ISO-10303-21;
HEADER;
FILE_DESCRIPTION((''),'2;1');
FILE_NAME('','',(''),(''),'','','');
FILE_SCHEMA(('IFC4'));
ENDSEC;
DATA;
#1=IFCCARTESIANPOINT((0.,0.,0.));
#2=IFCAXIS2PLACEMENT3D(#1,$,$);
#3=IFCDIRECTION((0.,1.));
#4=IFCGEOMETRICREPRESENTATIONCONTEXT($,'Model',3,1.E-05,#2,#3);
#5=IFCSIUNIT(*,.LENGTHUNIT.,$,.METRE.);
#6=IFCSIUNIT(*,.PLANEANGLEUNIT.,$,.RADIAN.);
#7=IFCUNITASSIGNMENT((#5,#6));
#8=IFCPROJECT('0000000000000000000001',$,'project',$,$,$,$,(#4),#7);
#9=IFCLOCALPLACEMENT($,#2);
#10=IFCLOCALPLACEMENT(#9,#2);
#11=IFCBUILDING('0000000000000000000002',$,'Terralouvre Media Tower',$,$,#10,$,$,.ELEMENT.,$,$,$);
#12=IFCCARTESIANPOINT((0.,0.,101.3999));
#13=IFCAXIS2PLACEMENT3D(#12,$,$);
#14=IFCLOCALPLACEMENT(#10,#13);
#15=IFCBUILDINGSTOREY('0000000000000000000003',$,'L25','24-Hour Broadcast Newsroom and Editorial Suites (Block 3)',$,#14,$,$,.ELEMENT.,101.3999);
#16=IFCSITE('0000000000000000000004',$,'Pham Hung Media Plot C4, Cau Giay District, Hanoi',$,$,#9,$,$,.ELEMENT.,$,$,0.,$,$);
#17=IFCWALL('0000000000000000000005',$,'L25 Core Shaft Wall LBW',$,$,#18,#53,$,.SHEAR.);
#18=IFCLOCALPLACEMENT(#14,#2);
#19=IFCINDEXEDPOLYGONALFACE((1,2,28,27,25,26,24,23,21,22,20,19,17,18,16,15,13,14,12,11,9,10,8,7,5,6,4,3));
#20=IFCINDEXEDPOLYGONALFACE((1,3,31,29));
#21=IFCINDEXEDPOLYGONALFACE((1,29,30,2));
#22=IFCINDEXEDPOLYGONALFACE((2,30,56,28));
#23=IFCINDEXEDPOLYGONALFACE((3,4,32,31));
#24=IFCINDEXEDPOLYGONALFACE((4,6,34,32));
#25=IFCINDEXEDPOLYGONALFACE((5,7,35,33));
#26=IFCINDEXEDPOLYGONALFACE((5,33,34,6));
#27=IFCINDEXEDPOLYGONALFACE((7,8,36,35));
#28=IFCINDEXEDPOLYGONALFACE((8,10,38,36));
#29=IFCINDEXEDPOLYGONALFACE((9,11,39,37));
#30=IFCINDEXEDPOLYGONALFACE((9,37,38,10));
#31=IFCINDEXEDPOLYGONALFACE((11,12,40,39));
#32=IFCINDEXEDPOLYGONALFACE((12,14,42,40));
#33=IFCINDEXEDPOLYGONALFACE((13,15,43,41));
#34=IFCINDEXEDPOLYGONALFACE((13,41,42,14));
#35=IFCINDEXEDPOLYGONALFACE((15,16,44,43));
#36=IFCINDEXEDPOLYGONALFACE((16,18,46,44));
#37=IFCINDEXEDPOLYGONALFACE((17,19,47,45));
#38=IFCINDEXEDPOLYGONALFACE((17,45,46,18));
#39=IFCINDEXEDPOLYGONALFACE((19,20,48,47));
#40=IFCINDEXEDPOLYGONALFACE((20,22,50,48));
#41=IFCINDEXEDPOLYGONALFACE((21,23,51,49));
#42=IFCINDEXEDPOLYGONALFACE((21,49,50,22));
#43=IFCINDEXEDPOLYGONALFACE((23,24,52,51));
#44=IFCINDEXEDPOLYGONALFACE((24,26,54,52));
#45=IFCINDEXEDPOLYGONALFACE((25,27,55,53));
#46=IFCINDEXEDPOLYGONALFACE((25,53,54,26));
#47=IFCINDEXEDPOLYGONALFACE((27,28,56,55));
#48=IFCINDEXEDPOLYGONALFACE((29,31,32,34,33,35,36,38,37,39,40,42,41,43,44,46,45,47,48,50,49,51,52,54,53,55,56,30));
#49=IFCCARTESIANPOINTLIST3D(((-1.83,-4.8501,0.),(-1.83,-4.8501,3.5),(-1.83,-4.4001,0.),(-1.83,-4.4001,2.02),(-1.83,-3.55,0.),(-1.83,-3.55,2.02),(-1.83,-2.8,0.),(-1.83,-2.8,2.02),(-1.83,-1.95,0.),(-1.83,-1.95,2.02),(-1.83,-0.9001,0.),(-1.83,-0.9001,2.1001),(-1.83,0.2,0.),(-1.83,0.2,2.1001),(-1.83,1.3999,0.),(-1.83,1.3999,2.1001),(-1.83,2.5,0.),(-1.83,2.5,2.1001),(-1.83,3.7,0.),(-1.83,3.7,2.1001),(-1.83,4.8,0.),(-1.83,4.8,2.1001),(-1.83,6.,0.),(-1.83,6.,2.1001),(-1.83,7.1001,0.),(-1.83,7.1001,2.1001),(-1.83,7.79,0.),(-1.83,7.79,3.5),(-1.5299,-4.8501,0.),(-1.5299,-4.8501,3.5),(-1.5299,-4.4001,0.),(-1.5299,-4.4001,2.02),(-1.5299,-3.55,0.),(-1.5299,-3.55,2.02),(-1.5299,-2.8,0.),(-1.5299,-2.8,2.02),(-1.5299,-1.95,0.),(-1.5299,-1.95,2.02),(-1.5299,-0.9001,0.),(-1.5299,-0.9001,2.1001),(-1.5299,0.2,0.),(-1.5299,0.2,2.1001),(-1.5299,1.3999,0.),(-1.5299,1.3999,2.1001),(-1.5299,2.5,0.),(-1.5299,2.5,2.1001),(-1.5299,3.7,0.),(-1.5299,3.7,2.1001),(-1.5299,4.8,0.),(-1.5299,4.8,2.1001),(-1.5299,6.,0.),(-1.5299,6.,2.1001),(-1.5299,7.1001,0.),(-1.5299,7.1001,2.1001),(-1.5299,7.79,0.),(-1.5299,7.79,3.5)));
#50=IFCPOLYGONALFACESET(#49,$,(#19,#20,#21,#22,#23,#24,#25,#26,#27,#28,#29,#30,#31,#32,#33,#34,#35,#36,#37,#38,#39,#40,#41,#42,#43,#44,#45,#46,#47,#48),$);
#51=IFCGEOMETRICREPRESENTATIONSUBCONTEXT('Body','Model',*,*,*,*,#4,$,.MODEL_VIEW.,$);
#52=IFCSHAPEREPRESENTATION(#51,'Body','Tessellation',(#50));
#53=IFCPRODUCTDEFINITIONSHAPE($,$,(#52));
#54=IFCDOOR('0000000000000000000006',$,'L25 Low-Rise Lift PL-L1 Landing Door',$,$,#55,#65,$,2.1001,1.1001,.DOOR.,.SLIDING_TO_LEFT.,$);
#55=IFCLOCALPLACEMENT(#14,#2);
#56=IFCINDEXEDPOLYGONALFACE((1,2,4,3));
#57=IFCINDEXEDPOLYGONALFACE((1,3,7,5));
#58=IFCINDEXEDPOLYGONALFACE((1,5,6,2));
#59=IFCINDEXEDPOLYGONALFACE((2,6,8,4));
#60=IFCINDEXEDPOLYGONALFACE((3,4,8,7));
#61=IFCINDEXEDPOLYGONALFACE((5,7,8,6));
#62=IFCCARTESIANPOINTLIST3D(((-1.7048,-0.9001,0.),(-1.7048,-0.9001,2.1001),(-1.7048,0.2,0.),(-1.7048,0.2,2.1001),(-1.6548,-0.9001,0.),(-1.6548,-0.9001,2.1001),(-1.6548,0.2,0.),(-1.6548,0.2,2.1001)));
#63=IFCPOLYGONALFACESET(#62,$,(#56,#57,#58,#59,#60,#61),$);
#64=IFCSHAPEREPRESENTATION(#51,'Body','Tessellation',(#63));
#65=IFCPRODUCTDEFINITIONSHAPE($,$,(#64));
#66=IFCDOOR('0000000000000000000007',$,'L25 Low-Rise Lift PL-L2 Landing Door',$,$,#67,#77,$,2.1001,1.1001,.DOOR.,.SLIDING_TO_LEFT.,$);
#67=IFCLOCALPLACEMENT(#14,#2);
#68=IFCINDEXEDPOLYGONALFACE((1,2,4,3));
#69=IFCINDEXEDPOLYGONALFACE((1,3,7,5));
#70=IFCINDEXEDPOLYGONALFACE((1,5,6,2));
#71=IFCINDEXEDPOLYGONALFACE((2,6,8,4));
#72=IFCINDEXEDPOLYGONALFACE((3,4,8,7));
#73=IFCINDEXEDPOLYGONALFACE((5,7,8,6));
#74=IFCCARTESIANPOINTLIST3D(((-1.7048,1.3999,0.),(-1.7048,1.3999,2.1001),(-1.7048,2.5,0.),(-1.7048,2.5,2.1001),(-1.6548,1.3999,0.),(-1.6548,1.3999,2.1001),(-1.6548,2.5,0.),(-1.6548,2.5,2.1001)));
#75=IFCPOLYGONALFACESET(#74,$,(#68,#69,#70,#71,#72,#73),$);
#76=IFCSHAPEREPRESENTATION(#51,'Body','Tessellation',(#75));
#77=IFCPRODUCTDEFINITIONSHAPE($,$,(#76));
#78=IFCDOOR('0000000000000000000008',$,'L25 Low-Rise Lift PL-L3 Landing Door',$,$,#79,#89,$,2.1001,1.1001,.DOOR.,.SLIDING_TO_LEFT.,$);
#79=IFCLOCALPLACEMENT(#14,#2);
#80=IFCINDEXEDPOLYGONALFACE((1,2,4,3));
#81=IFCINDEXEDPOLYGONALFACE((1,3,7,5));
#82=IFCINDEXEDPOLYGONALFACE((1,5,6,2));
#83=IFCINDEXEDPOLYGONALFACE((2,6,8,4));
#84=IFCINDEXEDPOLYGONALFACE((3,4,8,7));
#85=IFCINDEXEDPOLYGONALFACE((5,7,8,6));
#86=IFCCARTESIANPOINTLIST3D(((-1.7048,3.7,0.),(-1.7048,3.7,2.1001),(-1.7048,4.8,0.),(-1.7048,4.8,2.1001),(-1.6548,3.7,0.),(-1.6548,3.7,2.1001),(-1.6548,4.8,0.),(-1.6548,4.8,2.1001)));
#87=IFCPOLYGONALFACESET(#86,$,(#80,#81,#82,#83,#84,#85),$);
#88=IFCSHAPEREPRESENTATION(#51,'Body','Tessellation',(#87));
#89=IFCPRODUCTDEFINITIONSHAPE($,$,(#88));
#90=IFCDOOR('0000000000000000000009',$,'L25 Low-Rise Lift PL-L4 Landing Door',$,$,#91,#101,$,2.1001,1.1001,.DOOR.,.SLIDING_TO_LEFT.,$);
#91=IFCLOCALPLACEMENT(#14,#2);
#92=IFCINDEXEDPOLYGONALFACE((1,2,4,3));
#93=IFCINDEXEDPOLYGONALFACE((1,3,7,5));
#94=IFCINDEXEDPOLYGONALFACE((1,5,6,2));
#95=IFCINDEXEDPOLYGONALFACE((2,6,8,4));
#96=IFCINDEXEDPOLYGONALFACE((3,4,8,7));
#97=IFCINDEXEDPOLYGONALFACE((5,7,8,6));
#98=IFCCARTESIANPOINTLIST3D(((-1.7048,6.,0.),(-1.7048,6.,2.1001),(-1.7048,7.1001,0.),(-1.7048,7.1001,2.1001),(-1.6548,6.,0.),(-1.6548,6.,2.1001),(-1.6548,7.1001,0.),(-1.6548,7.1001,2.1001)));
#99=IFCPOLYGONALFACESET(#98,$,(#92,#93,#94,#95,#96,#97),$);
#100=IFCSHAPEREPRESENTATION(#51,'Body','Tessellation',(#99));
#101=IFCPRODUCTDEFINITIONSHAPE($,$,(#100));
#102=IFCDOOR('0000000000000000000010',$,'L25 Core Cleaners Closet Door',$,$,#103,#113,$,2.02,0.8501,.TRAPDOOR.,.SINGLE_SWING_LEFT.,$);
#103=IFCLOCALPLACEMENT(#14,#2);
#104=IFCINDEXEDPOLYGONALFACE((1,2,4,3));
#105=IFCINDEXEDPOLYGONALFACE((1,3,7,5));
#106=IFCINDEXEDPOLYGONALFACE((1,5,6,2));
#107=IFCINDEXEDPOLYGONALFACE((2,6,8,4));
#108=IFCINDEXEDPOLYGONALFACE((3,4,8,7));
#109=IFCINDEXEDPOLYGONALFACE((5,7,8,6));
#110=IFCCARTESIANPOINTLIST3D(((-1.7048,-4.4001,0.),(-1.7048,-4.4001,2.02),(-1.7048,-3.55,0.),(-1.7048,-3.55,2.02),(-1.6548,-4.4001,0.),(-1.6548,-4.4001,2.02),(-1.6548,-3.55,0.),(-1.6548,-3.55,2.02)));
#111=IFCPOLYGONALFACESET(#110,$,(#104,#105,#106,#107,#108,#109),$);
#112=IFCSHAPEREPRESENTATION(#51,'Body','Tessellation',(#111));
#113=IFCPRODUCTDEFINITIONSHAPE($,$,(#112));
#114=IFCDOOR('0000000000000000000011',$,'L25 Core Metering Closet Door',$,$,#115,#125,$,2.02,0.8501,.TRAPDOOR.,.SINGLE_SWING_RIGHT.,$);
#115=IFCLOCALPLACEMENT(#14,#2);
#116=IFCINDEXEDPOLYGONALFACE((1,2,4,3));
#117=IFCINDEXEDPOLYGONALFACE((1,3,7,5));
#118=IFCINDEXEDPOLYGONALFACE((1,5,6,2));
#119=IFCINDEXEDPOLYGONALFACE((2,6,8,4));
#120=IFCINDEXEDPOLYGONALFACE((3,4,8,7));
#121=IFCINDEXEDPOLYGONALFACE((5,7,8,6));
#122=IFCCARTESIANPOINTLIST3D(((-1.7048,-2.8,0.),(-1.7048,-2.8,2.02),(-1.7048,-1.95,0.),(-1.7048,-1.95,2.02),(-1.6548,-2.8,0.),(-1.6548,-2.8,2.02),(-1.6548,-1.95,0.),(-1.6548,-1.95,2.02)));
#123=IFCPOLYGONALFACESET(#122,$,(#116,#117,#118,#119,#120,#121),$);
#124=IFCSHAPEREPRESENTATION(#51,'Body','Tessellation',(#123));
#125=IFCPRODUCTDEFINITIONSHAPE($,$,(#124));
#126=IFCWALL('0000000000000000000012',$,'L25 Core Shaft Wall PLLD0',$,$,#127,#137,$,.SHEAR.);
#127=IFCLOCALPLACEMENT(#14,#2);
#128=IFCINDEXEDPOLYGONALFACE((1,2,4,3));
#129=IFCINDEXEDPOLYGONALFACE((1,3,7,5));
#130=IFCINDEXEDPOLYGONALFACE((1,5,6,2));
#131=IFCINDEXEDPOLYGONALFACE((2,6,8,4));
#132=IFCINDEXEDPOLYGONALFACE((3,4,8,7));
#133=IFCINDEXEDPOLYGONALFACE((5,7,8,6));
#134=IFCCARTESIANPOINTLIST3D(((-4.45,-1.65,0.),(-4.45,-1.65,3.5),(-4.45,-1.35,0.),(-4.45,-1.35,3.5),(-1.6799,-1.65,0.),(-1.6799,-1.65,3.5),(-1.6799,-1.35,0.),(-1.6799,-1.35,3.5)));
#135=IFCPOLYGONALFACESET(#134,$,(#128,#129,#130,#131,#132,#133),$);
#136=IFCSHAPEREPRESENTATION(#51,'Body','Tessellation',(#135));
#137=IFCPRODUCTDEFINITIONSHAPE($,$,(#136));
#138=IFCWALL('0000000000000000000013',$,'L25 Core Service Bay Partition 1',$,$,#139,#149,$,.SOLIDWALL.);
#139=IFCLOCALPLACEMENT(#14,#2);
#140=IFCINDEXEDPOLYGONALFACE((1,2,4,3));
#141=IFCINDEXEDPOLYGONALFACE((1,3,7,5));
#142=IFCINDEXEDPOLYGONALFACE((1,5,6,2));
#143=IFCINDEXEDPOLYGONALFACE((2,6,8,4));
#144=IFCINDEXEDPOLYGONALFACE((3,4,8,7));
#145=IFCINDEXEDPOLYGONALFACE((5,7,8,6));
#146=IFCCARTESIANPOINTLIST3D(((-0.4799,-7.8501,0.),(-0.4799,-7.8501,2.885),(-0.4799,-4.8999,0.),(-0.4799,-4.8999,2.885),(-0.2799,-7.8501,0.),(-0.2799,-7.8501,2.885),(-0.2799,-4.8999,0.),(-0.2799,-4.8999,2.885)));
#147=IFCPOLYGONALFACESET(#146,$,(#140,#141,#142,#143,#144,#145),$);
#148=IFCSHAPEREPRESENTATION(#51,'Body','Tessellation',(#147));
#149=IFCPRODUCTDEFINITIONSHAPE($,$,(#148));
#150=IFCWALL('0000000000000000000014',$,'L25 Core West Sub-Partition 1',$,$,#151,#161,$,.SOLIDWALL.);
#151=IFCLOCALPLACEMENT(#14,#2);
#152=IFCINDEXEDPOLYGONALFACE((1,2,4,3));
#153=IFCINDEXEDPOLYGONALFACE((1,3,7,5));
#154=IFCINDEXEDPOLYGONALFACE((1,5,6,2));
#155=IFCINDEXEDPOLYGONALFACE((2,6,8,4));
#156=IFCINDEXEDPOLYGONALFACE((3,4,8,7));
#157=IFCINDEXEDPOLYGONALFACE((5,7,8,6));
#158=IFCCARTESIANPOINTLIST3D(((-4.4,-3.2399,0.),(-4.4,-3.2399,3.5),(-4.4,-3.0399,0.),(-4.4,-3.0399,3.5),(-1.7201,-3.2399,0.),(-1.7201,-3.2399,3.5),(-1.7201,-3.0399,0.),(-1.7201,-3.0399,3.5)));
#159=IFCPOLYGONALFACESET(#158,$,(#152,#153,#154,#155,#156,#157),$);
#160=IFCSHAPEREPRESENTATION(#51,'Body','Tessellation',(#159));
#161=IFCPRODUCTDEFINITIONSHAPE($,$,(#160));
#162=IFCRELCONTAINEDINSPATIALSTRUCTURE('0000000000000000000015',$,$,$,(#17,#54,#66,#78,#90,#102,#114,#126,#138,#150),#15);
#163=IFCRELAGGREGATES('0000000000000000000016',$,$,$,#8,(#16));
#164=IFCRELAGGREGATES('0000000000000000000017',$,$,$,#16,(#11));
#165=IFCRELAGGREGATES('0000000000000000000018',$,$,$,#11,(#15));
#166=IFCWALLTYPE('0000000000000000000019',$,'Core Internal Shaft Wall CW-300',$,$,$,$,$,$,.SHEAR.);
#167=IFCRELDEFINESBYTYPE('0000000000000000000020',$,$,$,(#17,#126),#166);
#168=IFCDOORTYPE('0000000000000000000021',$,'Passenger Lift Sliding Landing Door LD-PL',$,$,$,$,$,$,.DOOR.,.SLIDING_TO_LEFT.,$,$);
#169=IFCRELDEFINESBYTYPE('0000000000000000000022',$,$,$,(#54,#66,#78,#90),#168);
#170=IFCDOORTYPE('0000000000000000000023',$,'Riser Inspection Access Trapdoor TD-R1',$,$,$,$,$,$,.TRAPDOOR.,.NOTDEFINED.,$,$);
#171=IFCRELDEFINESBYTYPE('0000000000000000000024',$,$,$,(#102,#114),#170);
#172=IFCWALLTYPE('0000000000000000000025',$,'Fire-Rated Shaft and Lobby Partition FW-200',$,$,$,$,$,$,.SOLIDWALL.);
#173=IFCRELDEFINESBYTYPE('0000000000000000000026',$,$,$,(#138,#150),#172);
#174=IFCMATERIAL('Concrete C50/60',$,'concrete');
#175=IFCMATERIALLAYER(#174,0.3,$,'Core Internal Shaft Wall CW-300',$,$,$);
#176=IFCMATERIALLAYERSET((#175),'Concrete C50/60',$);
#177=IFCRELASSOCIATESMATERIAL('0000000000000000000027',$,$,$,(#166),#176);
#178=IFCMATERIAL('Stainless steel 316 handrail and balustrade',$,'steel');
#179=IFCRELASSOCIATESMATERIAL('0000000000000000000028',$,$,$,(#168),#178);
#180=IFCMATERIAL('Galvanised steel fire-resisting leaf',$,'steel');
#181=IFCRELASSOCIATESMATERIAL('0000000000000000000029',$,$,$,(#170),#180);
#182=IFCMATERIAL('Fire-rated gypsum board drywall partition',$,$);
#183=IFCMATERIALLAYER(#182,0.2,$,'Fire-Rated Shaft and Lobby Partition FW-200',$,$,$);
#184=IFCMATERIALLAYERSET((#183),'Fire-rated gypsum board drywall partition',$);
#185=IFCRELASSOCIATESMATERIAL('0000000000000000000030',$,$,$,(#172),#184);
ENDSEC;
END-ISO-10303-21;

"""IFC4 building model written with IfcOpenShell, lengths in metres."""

from ifc_helpers import new_model, si_unit, direction, frame, frame_2d, origin, place, context, subcontext, project, spatial, rectangle, extrude, material, layer, layer_set, type_object, element, fill, save


model = new_model("IFC4")

# Units and contexts
model_context = context("Model", 3, precision=1e-05, world=origin(), true_north=direction((0.0, 1.0)))
body_context = subcontext(model_context, "Body", "Model", "MODEL_VIEW")
ifc_project = project(units=[si_unit("LENGTHUNIT", "METRE"), si_unit("PLANEANGLEUNIT", "RADIAN")], contexts=[model_context])

# Site, building, storey
site_placement = place(None, origin())
site = spatial("IfcSite", under=ifc_project, at=site_placement, Name="Pham Hung Media Plot C4, Cau Giay District, Hanoi", CompositionType="ELEMENT", RefElevation=0.0)
building_placement = place(site_placement, origin())
building = spatial("IfcBuilding", under=site, at=building_placement, Name="Terralouvre Media Tower", CompositionType="ELEMENT")
storey_placement = place(building_placement, frame((0.0, 0.0, 101.3999)))
storey = spatial("IfcBuildingStorey", under=building, at=storey_placement, Name="L25", Description="24-Hour Broadcast Newsroom and Editorial Suites (Block 3)", CompositionType="ELEMENT", Elevation=101.3999)

# Shared definitions
ifc_material_1 = material(Name="Concrete C50/60", Category="concrete")
ifc_layer_1 = layer(ifc_material_1, 0.3, Name="Core Internal Shaft Wall CW-300")
ifc_layer_set_1 = layer_set([ifc_layer_1], Name="Concrete C50/60")
wall_type_1 = type_object("IfcWallType", Name="Core Internal Shaft Wall CW-300", PredefinedType="SHEAR", material=ifc_layer_set_1)

# Wall, openings, doors
wall_1_placement = place(storey_placement, frame((-1.6799, -4.8501, 0.0), z_axis=(0.0, 0.0, 1.0), x_axis=(0.0, 1.0, 0.0)))
wall_1 = element("IfcWall", 1, at=wall_1_placement, inside=storey, type_object=wall_type_1, Name="L25 Core Shaft Wall LBW", PredefinedType="SHEAR", context=body_context, shape_type="SweptSolid", body=[
    extrude(rectangle(XDim=12.6401, YDim=0.3, at=frame_2d((6.3201, 0.0))), origin(), (0.0, 0.0, 1.0), 3.5),
])
opening_1_placement = place(wall_1_placement, frame((3.95, 0.0, 0.0)))
opening_1 = element("IfcOpeningElement", 2, at=opening_1_placement, cuts=wall_1, PredefinedType="OPENING", context=body_context, shape_type="SweptSolid", body=[
    extrude(rectangle(XDim=1.1001, YDim=2.1001, at=frame_2d((0.55, 1.05))), frame((0.0, 0.1599, 0.0), z_axis=(0.0, -1.0, 0.0), x_axis=(1.0, 0.0, 0.0)), (0.0, 0.0, 1.0), 0.3201),
])
opening_2_placement = place(wall_1_placement, frame((6.25, 0.0, 0.0)))
opening_2 = element("IfcOpeningElement", 3, at=opening_2_placement, cuts=wall_1, PredefinedType="OPENING", context=body_context, shape_type="SweptSolid", body=[
    extrude(rectangle(XDim=1.1001, YDim=2.1001, at=frame_2d((0.55, 1.05))), frame((0.0, 0.1599, 0.0), z_axis=(0.0, -1.0, 0.0), x_axis=(1.0, 0.0, 0.0)), (0.0, 0.0, 1.0), 0.3201),
])
opening_3_placement = place(wall_1_placement, frame((8.55, 0.0, 0.0)))
opening_3 = element("IfcOpeningElement", 4, at=opening_3_placement, cuts=wall_1, PredefinedType="OPENING", context=body_context, shape_type="SweptSolid", body=[
    extrude(rectangle(XDim=1.1001, YDim=2.1001, at=frame_2d((0.55, 1.05))), frame((0.0, 0.1599, 0.0), z_axis=(0.0, -1.0, 0.0), x_axis=(1.0, 0.0, 0.0)), (0.0, 0.0, 1.0), 0.3201),
])
opening_4_placement = place(wall_1_placement, frame((10.8501, 0.0, 0.0)))
opening_4 = element("IfcOpeningElement", 5, at=opening_4_placement, cuts=wall_1, PredefinedType="OPENING", context=body_context, shape_type="SweptSolid", body=[
    extrude(rectangle(XDim=1.1001, YDim=2.1001, at=frame_2d((0.55, 1.05))), frame((0.0, 0.1599, 0.0), z_axis=(0.0, -1.0, 0.0), x_axis=(1.0, 0.0, 0.0)), (0.0, 0.0, 1.0), 0.3201),
])
opening_5_placement = place(wall_1_placement, frame((0.45, 0.0, 0.0)))
opening_5 = element("IfcOpeningElement", 6, at=opening_5_placement, cuts=wall_1, PredefinedType="OPENING", context=body_context, shape_type="SweptSolid", body=[
    extrude(rectangle(XDim=0.8501, YDim=2.02, at=frame_2d((0.425, 1.01))), frame((0.0, 0.1599, 0.0), z_axis=(0.0, -1.0, 0.0), x_axis=(1.0, 0.0, 0.0)), (0.0, 0.0, 1.0), 0.3201),
])
opening_6_placement = place(wall_1_placement, frame((2.05, 0.0, 0.0)))
opening_6 = element("IfcOpeningElement", 7, at=opening_6_placement, cuts=wall_1, PredefinedType="OPENING", context=body_context, shape_type="SweptSolid", body=[
    extrude(rectangle(XDim=0.8501, YDim=2.02, at=frame_2d((0.425, 1.01))), frame((0.0, 0.1599, 0.0), z_axis=(0.0, -1.0, 0.0), x_axis=(1.0, 0.0, 0.0)), (0.0, 0.0, 1.0), 0.3201),
])
ifc_material_2 = material(Name="Stainless steel 316 handrail and balustrade", Category="steel")
door_type_1 = type_object("IfcDoorType", Name="Passenger Lift Sliding Landing Door LD-PL", OperationType="SLIDING_TO_LEFT", PredefinedType="DOOR", material=ifc_material_2)
door_1_placement = place(opening_1_placement, origin())
door_1 = element("IfcDoor", 8, at=door_1_placement, inside=storey, type_object=door_type_1, Name="L25 Low-Rise Lift PL-L1 Landing Door", OperationType="SLIDING_TO_LEFT", OverallHeight=2.1001, OverallWidth=1.1001, PredefinedType="DOOR", context=body_context, shape_type="SweptSolid", body=[
    extrude(rectangle(XDim=1.1001, YDim=2.1001, at=frame_2d((0.55, 1.05))), frame((0.0, 0.0249, 0.0), z_axis=(0.0, -1.0, 0.0), x_axis=(1.0, 0.0, 0.0)), (0.0, 0.0, 1.0), 0.05),
])
fill(opening_1, door_1)
door_2_placement = place(opening_2_placement, origin())
door_2 = element("IfcDoor", 9, at=door_2_placement, inside=storey, type_object=door_type_1, Name="L25 Low-Rise Lift PL-L2 Landing Door", OperationType="SLIDING_TO_LEFT", OverallHeight=2.1001, OverallWidth=1.1001, PredefinedType="DOOR", context=body_context, shape_type="SweptSolid", body=[
    extrude(rectangle(XDim=1.1001, YDim=2.1001, at=frame_2d((0.55, 1.05))), frame((0.0, 0.0249, 0.0), z_axis=(0.0, -1.0, 0.0), x_axis=(1.0, 0.0, 0.0)), (0.0, 0.0, 1.0), 0.05),
])
fill(opening_2, door_2)
door_3_placement = place(opening_3_placement, origin())
door_3 = element("IfcDoor", 10, at=door_3_placement, inside=storey, type_object=door_type_1, Name="L25 Low-Rise Lift PL-L3 Landing Door", OperationType="SLIDING_TO_LEFT", OverallHeight=2.1001, OverallWidth=1.1001, PredefinedType="DOOR", context=body_context, shape_type="SweptSolid", body=[
    extrude(rectangle(XDim=1.1001, YDim=2.1001, at=frame_2d((0.55, 1.05))), frame((0.0, 0.0249, 0.0), z_axis=(0.0, -1.0, 0.0), x_axis=(1.0, 0.0, 0.0)), (0.0, 0.0, 1.0), 0.05),
])
fill(opening_3, door_3)
door_4_placement = place(opening_4_placement, origin())
door_4 = element("IfcDoor", 11, at=door_4_placement, inside=storey, type_object=door_type_1, Name="L25 Low-Rise Lift PL-L4 Landing Door", OperationType="SLIDING_TO_LEFT", OverallHeight=2.1001, OverallWidth=1.1001, PredefinedType="DOOR", context=body_context, shape_type="SweptSolid", body=[
    extrude(rectangle(XDim=1.1001, YDim=2.1001, at=frame_2d((0.55, 1.05))), frame((0.0, 0.0249, 0.0), z_axis=(0.0, -1.0, 0.0), x_axis=(1.0, 0.0, 0.0)), (0.0, 0.0, 1.0), 0.05),
])
fill(opening_4, door_4)
ifc_material_3 = material(Name="Galvanised steel fire-resisting leaf", Category="steel")
door_type_2 = type_object("IfcDoorType", Name="Riser Inspection Access Trapdoor TD-R1", OperationType="NOTDEFINED", PredefinedType="TRAPDOOR", material=ifc_material_3)
door_5_placement = place(opening_5_placement, origin())
door_5 = element("IfcDoor", 12, at=door_5_placement, inside=storey, type_object=door_type_2, Name="L25 Core Cleaners Closet Door", OperationType="SINGLE_SWING_LEFT", OverallHeight=2.02, OverallWidth=0.8501, PredefinedType="TRAPDOOR", context=body_context, shape_type="SweptSolid", body=[
    extrude(rectangle(XDim=0.8501, YDim=2.02, at=frame_2d((0.425, 1.01))), frame((0.0, 0.0249, 0.0), z_axis=(0.0, -1.0, 0.0), x_axis=(1.0, 0.0, 0.0)), (0.0, 0.0, 1.0), 0.05),
])
fill(opening_5, door_5)
door_6_placement = place(opening_6_placement, origin())
door_6 = element("IfcDoor", 13, at=door_6_placement, inside=storey, type_object=door_type_2, Name="L25 Core Metering Closet Door", OperationType="SINGLE_SWING_RIGHT", OverallHeight=2.02, OverallWidth=0.8501, PredefinedType="TRAPDOOR", context=body_context, shape_type="SweptSolid", body=[
    extrude(rectangle(XDim=0.8501, YDim=2.02, at=frame_2d((0.425, 1.01))), frame((0.0, 0.0249, 0.0), z_axis=(0.0, -1.0, 0.0), x_axis=(1.0, 0.0, 0.0)), (0.0, 0.0, 1.0), 0.05),
])
fill(opening_6, door_6)

# Walls
wall_2_placement = place(storey_placement, frame((-4.45, -1.5, 0.0), z_axis=(0.0, 0.0, 1.0), x_axis=(1.0, 0.0, 0.0)))
element("IfcWall", 14, at=wall_2_placement, inside=storey, type_object=wall_type_1, Name="L25 Core Shaft Wall PLLD0", PredefinedType="SHEAR", context=body_context, shape_type="SweptSolid", body=[
    extrude(rectangle(XDim=2.77, YDim=0.3, at=frame_2d((1.385, 0.0))), origin(), (0.0, 0.0, 1.0), 3.5),
])
ifc_material_4 = material(Name="Fire-rated gypsum board drywall partition")
ifc_layer_2 = layer(ifc_material_4, 0.2, Name="Fire-Rated Shaft and Lobby Partition FW-200")
ifc_layer_set_2 = layer_set([ifc_layer_2], Name="Fire-rated gypsum board drywall partition")
wall_type_2 = type_object("IfcWallType", Name="Fire-Rated Shaft and Lobby Partition FW-200", PredefinedType="SOLIDWALL", material=ifc_layer_set_2)
wall_3_placement = place(storey_placement, frame((-0.3799, -7.8501, 0.0), z_axis=(0.0, 0.0, 1.0), x_axis=(0.0, 1.0, 0.0)))
element("IfcWall", 15, at=wall_3_placement, inside=storey, type_object=wall_type_2, Name="L25 Core Service Bay Partition 1", PredefinedType="SOLIDWALL", context=body_context, shape_type="SweptSolid", body=[
    extrude(rectangle(XDim=2.9502, YDim=0.2, at=frame_2d((1.4751, 0.0))), origin(), (0.0, 0.0, 1.0), 2.885),
])
wall_4_placement = place(storey_placement, frame((-4.3999, -3.1399, 0.0), z_axis=(0.0, 0.0, 1.0), x_axis=(1.0, 0.0, 0.0)))
element("IfcWall", 16, at=wall_4_placement, inside=storey, type_object=wall_type_2, Name="L25 Core West Sub-Partition 1", PredefinedType="SOLIDWALL", context=body_context, shape_type="SweptSolid", body=[
    extrude(rectangle(XDim=2.6799, YDim=0.2, at=frame_2d((1.3398, 0.0))), origin(), (0.0, 0.0, 1.0), 3.5),
])

save(model, "model.ifc")
